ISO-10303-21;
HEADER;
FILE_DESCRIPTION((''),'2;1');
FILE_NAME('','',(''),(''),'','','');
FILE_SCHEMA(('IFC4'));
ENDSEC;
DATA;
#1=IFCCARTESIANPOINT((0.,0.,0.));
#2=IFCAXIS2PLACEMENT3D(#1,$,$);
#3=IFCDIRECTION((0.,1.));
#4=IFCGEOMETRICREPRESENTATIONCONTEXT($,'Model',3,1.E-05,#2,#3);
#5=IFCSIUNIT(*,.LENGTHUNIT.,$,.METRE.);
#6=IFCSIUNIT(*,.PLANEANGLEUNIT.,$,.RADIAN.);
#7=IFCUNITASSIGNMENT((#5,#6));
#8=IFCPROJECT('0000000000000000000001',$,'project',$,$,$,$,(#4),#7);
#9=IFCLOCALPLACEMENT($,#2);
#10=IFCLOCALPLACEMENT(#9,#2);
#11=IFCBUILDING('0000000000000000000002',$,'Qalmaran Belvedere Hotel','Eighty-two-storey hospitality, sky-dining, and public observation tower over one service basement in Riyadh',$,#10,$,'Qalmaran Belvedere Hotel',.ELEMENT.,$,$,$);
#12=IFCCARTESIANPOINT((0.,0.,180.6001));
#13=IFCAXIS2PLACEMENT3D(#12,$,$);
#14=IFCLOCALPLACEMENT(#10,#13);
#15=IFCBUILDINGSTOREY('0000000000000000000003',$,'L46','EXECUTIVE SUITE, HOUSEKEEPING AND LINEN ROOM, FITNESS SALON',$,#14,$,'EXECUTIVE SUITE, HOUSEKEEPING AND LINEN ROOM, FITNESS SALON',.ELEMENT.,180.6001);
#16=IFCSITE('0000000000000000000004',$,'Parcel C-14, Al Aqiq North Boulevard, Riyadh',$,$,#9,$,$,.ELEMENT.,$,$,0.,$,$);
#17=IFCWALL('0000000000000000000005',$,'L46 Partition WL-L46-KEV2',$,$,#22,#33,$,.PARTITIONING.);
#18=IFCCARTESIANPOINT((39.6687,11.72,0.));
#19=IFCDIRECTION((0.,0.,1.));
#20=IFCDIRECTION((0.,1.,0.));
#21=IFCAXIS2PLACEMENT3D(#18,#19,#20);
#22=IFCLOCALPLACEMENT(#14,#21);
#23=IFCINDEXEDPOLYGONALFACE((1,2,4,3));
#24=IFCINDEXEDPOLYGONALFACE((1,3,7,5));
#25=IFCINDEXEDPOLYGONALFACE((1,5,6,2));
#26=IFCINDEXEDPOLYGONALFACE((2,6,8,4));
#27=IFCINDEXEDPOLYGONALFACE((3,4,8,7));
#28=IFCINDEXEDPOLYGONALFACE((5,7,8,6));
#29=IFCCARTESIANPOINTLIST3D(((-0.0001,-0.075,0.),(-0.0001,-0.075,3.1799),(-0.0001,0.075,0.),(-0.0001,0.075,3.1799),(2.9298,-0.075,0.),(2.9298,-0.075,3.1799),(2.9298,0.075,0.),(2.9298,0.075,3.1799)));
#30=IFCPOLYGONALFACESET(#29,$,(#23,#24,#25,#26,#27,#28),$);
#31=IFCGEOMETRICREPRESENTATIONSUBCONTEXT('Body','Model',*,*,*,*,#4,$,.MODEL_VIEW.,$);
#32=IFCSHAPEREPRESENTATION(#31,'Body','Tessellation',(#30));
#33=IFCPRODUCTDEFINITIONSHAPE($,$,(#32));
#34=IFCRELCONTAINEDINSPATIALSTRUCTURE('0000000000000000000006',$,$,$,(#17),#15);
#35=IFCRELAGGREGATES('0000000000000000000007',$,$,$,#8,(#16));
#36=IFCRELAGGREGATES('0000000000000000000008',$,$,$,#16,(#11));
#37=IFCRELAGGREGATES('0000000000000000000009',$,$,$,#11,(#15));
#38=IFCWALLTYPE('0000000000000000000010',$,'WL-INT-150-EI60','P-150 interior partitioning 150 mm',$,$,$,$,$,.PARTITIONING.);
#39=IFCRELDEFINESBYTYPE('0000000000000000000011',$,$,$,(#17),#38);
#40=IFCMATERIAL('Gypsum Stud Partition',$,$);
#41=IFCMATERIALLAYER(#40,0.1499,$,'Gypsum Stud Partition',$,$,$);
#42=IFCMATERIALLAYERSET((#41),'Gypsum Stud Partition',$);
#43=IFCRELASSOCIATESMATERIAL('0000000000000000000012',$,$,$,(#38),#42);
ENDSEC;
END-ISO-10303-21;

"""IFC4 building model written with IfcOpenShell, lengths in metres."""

from ifc_helpers import new_model, si_unit, direction, frame, frame_2d, origin, place, context, subcontext, project, spatial, rectangle, extrude, material, layer, layer_set, type_object, element, save


model = new_model("IFC4")

# Units and contexts
model_context = context("Model", 3, precision=1e-05, world=origin(), true_north=direction((0.0, 1.0)))
body_context = subcontext(model_context, "Body", "Model", "MODEL_VIEW")
ifc_project = project(units=[si_unit("LENGTHUNIT", "METRE"), si_unit("PLANEANGLEUNIT", "RADIAN")], contexts=[model_context])

# Site, building, storey
site_placement = place(None, origin())
site = spatial("IfcSite", under=ifc_project, at=site_placement, Name="Parcel C-14, Al Aqiq North Boulevard, Riyadh", CompositionType="ELEMENT", RefElevation=0.0)
building_placement = place(site_placement, origin())
building = spatial("IfcBuilding", under=site, at=building_placement, Name="Qalmaran Belvedere Hotel", Description="Eighty-two-storey hospitality, sky-dining, and public observation tower over one service basement in Riyadh", LongName="Qalmaran Belvedere Hotel", CompositionType="ELEMENT")
storey_placement = place(building_placement, frame((0.0, 0.0, 180.6001)))
storey = spatial("IfcBuildingStorey", under=building, at=storey_placement, Name="L46", Description="EXECUTIVE SUITE, HOUSEKEEPING AND LINEN ROOM, FITNESS SALON", LongName="EXECUTIVE SUITE, HOUSEKEEPING AND LINEN ROOM, FITNESS SALON", CompositionType="ELEMENT", Elevation=180.6001)

# Wall
ifc_material_1 = material(Name="Gypsum Stud Partition")
ifc_layer_1 = layer(ifc_material_1, 0.1499, Name="Gypsum Stud Partition")
ifc_layer_set_1 = layer_set([ifc_layer_1], Name="Gypsum Stud Partition")
wall_type_1 = type_object("IfcWallType", Name="WL-INT-150-EI60", Description="P-150 interior partitioning 150 mm", PredefinedType="PARTITIONING", material=ifc_layer_set_1)
wall_1_placement = place(storey_placement, frame((39.6687, 11.72, 0.0), z_axis=(0.0, 0.0, 1.0), x_axis=(0.0, 1.0, 0.0)))
element("IfcWall", 1, at=wall_1_placement, inside=storey, type_object=wall_type_1, Name="L46 Partition WL-L46-KEV2", PredefinedType="PARTITIONING", context=body_context, shape_type="SweptSolid", body=[
    extrude(rectangle(XDim=2.9299, YDim=0.1499, at=frame_2d((1.4648, 0.0))), origin(), (0.0, 0.0, 1.0), 3.1799),
])

save(model, "model.ifc")
